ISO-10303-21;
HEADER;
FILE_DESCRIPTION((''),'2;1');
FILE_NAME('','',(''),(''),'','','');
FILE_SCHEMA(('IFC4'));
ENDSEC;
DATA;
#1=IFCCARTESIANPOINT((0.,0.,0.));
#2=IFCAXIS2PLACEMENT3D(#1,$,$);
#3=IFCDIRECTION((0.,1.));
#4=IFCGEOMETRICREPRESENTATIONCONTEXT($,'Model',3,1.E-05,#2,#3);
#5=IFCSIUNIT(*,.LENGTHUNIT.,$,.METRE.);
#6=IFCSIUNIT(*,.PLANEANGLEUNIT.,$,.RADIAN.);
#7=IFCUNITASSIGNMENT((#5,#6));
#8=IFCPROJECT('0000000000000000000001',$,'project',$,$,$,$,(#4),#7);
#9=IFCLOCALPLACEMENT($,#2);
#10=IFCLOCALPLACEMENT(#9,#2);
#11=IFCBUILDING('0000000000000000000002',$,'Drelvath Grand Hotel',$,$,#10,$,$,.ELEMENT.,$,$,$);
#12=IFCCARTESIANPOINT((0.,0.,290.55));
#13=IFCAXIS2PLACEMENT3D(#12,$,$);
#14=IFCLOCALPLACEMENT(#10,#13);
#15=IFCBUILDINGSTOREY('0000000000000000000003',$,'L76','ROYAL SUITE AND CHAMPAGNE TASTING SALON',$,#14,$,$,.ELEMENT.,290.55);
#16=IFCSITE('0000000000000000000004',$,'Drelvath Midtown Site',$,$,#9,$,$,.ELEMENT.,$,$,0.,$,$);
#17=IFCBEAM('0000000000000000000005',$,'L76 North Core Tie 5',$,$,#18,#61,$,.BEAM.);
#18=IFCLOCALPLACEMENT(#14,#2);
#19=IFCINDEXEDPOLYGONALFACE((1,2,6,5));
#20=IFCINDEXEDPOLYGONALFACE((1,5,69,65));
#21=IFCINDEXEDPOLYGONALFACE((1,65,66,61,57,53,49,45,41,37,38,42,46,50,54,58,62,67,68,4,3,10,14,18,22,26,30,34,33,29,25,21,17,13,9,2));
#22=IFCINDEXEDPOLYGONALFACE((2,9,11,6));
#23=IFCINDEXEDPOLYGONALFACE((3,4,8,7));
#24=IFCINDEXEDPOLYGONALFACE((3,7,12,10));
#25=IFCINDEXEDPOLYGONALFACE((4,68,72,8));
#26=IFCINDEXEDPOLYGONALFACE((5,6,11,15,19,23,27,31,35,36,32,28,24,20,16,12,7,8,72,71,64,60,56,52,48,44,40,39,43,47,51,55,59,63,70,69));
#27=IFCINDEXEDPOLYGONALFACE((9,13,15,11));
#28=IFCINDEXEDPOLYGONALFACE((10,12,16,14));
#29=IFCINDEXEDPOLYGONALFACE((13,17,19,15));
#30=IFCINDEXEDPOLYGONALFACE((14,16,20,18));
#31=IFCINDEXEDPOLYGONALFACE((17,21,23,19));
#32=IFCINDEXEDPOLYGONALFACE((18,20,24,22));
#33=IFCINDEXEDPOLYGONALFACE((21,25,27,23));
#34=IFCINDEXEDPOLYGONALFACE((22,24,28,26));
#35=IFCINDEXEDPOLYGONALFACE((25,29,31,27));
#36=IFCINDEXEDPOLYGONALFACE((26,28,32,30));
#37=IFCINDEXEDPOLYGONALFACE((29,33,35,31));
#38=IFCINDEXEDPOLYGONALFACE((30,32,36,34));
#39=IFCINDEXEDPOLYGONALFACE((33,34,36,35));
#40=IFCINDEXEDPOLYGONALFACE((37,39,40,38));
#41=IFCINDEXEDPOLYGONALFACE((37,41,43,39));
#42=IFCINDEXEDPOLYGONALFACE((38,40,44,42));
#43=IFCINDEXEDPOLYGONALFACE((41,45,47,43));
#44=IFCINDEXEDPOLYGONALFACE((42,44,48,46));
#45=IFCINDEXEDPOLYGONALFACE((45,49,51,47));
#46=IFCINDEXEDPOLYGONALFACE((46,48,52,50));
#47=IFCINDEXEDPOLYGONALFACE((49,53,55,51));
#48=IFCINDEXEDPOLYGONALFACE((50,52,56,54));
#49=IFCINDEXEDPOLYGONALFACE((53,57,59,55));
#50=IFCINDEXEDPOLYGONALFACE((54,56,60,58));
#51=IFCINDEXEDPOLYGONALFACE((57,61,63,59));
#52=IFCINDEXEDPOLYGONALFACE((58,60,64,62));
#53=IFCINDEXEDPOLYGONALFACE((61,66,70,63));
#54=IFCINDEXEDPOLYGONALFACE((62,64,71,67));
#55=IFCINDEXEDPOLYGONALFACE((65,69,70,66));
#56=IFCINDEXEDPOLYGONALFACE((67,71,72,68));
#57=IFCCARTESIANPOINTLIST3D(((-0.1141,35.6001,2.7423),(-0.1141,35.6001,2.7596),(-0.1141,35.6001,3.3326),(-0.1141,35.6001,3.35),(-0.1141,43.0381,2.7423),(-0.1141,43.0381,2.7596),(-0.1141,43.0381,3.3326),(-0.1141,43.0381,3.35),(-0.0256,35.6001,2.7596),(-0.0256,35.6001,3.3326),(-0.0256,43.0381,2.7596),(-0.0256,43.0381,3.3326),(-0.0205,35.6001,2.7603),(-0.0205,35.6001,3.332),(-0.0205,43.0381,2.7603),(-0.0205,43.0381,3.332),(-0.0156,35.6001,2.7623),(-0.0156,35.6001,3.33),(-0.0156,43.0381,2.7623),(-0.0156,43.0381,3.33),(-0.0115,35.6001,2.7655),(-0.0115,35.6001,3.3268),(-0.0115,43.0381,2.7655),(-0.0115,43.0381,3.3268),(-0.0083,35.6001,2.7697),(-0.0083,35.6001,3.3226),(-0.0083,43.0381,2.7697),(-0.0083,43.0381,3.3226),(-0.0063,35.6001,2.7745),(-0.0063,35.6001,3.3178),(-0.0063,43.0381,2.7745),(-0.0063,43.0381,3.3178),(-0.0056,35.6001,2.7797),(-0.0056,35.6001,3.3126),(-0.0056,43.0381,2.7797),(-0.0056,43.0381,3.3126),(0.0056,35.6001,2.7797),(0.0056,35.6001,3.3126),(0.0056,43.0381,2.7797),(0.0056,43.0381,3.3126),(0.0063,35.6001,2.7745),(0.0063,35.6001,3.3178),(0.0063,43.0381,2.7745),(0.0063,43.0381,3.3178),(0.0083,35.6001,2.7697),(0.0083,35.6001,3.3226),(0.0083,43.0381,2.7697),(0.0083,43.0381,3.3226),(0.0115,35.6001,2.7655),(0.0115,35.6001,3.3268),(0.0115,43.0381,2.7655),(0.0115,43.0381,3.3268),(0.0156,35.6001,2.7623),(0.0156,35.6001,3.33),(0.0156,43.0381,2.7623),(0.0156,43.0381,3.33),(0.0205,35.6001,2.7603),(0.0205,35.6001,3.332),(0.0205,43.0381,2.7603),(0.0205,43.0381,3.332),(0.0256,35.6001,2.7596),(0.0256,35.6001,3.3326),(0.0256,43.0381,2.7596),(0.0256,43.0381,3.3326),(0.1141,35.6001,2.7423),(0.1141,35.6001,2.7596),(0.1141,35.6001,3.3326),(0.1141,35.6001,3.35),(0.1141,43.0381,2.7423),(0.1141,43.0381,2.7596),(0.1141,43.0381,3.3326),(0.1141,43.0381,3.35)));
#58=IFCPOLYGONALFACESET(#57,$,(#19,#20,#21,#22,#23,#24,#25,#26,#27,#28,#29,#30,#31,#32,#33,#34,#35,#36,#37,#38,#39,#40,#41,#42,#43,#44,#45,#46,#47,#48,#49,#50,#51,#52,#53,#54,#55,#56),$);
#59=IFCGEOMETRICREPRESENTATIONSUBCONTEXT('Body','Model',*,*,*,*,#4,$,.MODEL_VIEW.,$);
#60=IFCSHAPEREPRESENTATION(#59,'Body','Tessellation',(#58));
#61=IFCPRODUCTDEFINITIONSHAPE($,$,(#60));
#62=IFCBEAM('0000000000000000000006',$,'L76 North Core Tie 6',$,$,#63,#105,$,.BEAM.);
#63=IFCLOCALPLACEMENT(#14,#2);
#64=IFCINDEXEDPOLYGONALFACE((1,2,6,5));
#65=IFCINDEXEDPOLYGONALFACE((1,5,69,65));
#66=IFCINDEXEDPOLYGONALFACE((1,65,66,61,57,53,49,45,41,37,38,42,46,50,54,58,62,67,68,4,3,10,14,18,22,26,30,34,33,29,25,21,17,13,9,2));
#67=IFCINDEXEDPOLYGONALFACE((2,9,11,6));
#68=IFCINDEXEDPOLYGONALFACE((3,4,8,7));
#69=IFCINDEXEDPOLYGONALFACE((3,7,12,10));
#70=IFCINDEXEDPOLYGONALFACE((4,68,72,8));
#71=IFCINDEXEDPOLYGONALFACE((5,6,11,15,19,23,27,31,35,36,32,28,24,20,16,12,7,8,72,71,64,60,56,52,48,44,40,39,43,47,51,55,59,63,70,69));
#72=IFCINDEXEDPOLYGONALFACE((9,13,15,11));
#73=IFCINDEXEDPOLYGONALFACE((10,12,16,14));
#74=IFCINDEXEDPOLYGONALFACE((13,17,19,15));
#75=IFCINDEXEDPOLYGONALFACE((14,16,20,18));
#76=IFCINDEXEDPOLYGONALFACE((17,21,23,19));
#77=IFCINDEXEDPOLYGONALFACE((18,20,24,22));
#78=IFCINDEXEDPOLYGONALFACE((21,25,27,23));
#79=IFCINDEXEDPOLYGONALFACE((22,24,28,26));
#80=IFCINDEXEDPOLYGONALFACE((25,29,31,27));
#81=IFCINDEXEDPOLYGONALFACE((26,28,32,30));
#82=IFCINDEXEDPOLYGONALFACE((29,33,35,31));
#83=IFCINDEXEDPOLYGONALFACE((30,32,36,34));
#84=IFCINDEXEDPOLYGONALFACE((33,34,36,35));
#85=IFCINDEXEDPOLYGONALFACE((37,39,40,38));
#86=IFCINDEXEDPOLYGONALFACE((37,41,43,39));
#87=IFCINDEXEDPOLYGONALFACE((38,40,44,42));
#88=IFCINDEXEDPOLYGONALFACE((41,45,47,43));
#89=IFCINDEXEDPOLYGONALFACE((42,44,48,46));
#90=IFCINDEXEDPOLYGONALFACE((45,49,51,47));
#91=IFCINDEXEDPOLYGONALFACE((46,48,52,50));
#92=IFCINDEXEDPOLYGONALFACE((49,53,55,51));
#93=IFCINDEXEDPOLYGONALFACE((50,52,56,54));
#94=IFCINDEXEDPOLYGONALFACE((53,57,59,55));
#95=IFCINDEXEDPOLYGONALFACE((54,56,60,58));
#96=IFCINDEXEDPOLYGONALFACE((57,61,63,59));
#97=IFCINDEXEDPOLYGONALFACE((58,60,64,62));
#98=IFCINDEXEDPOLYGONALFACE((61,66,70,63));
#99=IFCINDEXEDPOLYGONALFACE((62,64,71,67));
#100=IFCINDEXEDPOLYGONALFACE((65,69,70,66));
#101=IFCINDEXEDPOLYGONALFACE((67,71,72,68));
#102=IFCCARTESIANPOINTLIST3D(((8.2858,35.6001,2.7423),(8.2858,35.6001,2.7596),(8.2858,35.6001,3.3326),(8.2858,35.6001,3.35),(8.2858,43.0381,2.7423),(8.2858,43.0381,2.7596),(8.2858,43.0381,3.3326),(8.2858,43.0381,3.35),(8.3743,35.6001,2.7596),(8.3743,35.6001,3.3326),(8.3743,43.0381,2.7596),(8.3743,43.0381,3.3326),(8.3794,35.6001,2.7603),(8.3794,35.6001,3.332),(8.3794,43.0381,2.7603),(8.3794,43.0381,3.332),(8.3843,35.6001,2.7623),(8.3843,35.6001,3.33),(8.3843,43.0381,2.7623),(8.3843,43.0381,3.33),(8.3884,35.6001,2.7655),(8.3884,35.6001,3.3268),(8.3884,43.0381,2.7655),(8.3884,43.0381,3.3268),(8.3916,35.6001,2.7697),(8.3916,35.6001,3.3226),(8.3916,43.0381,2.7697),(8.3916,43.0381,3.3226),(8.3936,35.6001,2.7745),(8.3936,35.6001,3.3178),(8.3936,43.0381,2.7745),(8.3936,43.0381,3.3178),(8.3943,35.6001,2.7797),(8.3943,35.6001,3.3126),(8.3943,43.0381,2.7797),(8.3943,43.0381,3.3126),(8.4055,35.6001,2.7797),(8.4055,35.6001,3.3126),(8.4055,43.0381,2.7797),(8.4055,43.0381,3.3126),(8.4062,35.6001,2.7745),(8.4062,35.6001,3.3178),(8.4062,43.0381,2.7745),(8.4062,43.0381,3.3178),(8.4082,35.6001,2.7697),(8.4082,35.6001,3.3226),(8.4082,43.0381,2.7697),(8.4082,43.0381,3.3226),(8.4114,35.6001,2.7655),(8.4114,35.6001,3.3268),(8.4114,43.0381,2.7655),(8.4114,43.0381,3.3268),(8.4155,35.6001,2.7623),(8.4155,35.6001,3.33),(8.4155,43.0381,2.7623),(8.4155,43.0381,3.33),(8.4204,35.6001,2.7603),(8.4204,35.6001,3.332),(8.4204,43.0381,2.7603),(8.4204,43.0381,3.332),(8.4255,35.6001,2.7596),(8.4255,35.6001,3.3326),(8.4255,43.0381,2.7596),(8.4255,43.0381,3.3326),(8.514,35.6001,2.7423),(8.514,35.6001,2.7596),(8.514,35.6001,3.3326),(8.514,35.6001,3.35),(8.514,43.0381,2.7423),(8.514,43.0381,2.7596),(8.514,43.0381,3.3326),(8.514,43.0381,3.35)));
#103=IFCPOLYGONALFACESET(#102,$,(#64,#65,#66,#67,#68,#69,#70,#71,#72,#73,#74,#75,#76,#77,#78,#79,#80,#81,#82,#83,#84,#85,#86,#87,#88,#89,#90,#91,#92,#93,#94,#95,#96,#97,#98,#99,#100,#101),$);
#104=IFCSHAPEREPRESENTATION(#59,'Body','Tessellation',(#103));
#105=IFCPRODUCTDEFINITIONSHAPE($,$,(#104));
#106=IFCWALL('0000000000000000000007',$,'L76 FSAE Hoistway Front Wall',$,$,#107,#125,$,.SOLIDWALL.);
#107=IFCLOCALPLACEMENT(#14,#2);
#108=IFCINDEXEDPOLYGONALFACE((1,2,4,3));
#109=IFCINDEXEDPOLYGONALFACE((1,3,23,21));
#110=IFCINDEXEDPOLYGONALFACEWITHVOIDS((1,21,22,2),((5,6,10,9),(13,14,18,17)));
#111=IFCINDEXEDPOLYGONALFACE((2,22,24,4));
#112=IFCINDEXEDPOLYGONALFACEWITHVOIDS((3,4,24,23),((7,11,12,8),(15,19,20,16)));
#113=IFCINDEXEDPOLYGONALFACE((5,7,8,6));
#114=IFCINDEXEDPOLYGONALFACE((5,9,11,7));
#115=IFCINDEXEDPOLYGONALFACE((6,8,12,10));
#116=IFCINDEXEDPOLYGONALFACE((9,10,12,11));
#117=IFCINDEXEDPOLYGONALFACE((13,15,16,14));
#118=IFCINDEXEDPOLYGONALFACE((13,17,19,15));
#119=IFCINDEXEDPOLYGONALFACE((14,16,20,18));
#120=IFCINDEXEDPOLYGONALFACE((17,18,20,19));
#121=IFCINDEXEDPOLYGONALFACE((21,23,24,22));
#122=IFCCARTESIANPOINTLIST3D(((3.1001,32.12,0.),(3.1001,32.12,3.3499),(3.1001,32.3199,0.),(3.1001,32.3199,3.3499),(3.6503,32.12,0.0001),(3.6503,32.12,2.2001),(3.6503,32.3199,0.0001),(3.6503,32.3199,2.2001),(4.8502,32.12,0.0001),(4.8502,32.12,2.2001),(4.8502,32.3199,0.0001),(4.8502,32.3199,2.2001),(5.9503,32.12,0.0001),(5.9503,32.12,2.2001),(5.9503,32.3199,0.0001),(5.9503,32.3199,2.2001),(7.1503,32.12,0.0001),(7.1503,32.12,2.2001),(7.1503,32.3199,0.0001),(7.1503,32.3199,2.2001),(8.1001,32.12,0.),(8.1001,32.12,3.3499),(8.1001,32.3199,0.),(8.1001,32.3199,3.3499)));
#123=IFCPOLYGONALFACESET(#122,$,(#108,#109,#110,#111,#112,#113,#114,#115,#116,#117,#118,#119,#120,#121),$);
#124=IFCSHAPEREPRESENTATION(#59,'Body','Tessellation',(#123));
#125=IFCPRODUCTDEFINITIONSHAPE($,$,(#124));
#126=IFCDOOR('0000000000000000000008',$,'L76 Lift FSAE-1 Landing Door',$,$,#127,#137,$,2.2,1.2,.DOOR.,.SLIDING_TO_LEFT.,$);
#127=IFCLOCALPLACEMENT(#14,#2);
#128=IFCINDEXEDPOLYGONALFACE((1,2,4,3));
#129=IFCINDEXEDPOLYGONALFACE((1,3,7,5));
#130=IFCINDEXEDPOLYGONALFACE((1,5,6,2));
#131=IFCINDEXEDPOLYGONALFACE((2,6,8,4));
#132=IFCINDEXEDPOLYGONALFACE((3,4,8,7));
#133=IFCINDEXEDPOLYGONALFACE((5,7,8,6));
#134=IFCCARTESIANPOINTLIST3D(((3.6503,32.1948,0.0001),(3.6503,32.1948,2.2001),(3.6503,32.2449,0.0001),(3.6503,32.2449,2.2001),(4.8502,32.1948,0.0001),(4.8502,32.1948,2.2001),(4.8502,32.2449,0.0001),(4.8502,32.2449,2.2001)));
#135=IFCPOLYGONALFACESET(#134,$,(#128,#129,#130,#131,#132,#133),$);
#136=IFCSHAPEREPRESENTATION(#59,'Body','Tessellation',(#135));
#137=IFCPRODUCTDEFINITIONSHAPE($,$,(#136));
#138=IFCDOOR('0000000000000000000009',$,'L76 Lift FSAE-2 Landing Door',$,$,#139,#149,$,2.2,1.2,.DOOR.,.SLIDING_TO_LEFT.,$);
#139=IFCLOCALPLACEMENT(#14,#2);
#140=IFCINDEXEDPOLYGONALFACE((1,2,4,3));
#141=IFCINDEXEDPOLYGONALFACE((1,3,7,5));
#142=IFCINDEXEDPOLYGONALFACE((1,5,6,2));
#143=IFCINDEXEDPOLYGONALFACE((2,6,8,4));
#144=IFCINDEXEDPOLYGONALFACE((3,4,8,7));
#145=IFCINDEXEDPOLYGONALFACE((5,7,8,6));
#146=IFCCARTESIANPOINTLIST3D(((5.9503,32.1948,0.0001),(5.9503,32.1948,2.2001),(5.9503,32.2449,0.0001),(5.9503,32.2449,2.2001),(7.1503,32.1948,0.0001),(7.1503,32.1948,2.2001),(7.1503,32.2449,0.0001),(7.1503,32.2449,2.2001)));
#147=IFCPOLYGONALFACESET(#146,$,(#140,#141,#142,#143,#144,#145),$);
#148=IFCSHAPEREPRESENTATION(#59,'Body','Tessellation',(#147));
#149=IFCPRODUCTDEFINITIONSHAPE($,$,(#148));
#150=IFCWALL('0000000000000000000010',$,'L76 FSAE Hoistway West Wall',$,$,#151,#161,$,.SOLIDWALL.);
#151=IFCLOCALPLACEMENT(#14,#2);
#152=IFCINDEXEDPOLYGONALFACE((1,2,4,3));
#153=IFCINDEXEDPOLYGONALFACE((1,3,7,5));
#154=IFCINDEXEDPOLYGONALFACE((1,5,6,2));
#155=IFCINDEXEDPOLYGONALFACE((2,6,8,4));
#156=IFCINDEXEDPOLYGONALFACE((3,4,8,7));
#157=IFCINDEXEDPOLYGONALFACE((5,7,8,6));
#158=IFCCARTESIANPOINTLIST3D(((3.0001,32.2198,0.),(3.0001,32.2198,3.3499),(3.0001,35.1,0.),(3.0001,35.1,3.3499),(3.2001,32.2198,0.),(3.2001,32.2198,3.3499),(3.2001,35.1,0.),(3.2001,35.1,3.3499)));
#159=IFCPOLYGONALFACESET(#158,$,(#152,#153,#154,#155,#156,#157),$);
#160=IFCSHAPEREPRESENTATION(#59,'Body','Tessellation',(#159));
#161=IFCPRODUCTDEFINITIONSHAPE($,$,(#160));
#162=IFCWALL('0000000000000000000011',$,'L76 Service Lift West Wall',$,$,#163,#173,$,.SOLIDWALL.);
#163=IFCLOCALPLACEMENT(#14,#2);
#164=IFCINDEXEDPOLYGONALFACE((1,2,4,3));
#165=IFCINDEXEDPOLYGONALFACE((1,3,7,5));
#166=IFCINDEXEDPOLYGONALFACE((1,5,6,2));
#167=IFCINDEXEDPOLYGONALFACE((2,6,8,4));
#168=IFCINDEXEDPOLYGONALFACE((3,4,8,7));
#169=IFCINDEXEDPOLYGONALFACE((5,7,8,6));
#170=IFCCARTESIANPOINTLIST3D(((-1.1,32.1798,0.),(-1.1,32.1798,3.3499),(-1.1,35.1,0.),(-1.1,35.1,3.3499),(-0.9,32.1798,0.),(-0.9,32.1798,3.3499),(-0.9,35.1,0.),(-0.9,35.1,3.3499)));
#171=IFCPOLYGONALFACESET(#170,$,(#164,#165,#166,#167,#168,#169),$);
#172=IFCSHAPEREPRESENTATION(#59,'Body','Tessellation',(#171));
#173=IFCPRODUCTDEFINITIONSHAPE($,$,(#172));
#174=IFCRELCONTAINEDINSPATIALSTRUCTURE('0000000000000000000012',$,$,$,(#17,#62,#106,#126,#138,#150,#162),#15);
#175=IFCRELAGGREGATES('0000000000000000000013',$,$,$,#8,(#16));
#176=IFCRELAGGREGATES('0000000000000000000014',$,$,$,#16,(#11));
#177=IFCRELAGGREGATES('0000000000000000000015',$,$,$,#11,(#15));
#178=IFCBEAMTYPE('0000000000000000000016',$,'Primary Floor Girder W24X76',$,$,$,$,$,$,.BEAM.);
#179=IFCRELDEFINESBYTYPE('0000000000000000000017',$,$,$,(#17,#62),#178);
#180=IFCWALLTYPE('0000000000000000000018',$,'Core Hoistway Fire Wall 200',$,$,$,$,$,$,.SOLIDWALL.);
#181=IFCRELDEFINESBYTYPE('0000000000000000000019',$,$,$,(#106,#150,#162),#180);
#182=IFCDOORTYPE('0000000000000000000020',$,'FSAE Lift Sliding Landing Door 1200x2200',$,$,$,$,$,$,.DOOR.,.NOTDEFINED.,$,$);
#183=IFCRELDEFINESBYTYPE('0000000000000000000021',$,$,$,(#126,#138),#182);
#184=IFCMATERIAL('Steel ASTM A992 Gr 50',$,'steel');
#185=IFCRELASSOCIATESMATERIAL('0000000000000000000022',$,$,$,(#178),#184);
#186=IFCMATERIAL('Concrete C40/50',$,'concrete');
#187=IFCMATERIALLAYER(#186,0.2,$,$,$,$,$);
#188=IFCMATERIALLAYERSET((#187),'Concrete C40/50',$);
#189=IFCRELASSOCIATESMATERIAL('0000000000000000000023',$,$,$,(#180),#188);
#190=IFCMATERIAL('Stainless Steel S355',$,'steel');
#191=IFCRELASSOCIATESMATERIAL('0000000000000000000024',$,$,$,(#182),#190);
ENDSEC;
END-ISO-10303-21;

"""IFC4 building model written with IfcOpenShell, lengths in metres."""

from ifc_helpers import new_model, si_unit, direction, frame, frame_2d, origin, origin_2d, place, context, subcontext, project, spatial, rectangle, i_section, extrude, material, layer, layer_set, material_profile, profile_set, type_object, element, fill, save


model = new_model("IFC4")

# Units and contexts
model_context = context("Model", 3, precision=1e-05, world=origin(), true_north=direction((0.0, 1.0)))
body_context = subcontext(model_context, "Body", "Model", "MODEL_VIEW")
ifc_project = project(units=[si_unit("LENGTHUNIT", "METRE"), si_unit("PLANEANGLEUNIT", "RADIAN")], contexts=[model_context])

# Site, building, storey
site_placement = place(None, origin())
site = spatial("IfcSite", under=ifc_project, at=site_placement, Name="Drelvath Midtown Site", CompositionType="ELEMENT", RefElevation=0.0)
building_placement = place(site_placement, origin())
building = spatial("IfcBuilding", under=site, at=building_placement, Name="Drelvath Grand Hotel", CompositionType="ELEMENT")
storey_placement = place(building_placement, frame((0.0, 0.0, 290.55)))
storey = spatial("IfcBuildingStorey", under=building, at=storey_placement, Name="L76", Description="ROYAL SUITE AND CHAMPAGNE TASTING SALON", CompositionType="ELEMENT", Elevation=290.55)

# Beams
ifc_material_1 = material(Name="Steel ASTM A992 Gr 50", Category="steel")
ifc_material_profile_1 = material_profile(ifc_material_1, i_section(OverallWidth=0.2283, OverallDepth=0.6077, WebThickness=0.0112, FlangeThickness=0.0173, FilletRadius=0.02, at=origin_2d()), Name="W24X76")
ifc_profile_set_1 = profile_set([ifc_material_profile_1], Name="Steel ASTM A992 Gr 50")
beam_type_1 = type_object("IfcBeamType", Name="Primary Floor Girder W24X76", PredefinedType="BEAM", material=ifc_profile_set_1)
for number, where, z_axis, x_axis, name in (
    (1, (0.0, 35.6001, 3.0461), (0.0, 1.0, 0.0), (-1.0, 0.0, 0.0), "L76 North Core Tie 5"),
    (2, (8.3999, 35.6001, 3.0461), (0.0, 1.0, 0.0), (-1.0, 0.0, 0.0), "L76 North Core Tie 6"),
):
    element("IfcBeam", number, at=place(storey_placement, frame(where, z_axis=z_axis, x_axis=x_axis)), inside=storey, type_object=beam_type_1, Name=name, PredefinedType="BEAM", context=body_context, shape_type="SweptSolid", body=[
        extrude(i_section(OverallWidth=0.2283, OverallDepth=0.6077, WebThickness=0.0112, FlangeThickness=0.0173, FilletRadius=0.02, at=origin_2d()), origin(), (0.0, 0.0, 1.0), 7.438),
    ])

# Wall, openings, doors
ifc_material_2 = material(Name="Concrete C40/50", Category="concrete")
ifc_layer_1 = layer(ifc_material_2, 0.2)
ifc_layer_set_1 = layer_set([ifc_layer_1], Name="Concrete C40/50")
wall_type_1 = type_object("IfcWallType", Name="Core Hoistway Fire Wall 200", PredefinedType="SOLIDWALL", material=ifc_layer_set_1)
wall_1_placement = place(storey_placement, frame((3.1001, 32.22, 0.0), z_axis=(0.0, 0.0, 1.0), x_axis=(1.0, 0.0, 0.0)))
wall_1 = element("IfcWall", 3, at=wall_1_placement, inside=storey, type_object=wall_type_1, Name="L76 FSAE Hoistway Front Wall", PredefinedType="SOLIDWALL", context=body_context, shape_type="SweptSolid", body=[
    extrude(rectangle(XDim=5.0, YDim=0.2, at=frame_2d((2.5, 0.0))), origin(), (0.0, 0.0, 1.0), 3.3499),
])
opening_1_placement = place(wall_1_placement, frame((0.55, 0.0, 0.0)))
opening_1 = element("IfcOpeningElement", 4, at=opening_1_placement, cuts=wall_1, PredefinedType="OPENING", context=body_context, shape_type="SweptSolid", body=[
    extrude(rectangle(XDim=1.2, YDim=2.2, at=frame_2d((0.6001, 1.1001))), frame((0.0, 0.1099, 0.0), z_axis=(0.0, -1.0, 0.0), x_axis=(1.0, 0.0, 0.0)), (0.0, 0.0, 1.0), 0.22),
])
opening_2_placement = place(wall_1_placement, frame((2.8501, 0.0, 0.0)))
opening_2 = element("IfcOpeningElement", 5, at=opening_2_placement, cuts=wall_1, PredefinedType="OPENING", context=body_context, shape_type="SweptSolid", body=[
    extrude(rectangle(XDim=1.2, YDim=2.2, at=frame_2d((0.6001, 1.1001))), frame((0.0, 0.1099, 0.0), z_axis=(0.0, -1.0, 0.0), x_axis=(1.0, 0.0, 0.0)), (0.0, 0.0, 1.0), 0.22),
])
ifc_material_3 = material(Name="Stainless Steel S355", Category="steel")
door_type_1 = type_object("IfcDoorType", Name="FSAE Lift Sliding Landing Door 1200x2200", OperationType="NOTDEFINED", PredefinedType="DOOR", material=ifc_material_3)
door_1_placement = place(opening_1_placement, origin())
door_1 = element("IfcDoor", 6, at=door_1_placement, inside=storey, type_object=door_type_1, Name="L76 Lift FSAE-1 Landing Door", OperationType="SLIDING_TO_LEFT", OverallHeight=2.2, OverallWidth=1.2, PredefinedType="DOOR", context=body_context, shape_type="SweptSolid", body=[
    extrude(rectangle(XDim=1.2, YDim=2.2, at=frame_2d((0.6001, 1.1001))), frame((0.0, 0.0249, 0.0), z_axis=(0.0, -1.0, 0.0), x_axis=(1.0, 0.0, 0.0)), (0.0, 0.0, 1.0), 0.05),
])
fill(opening_1, door_1)
door_2_placement = place(opening_2_placement, origin())
door_2 = element("IfcDoor", 7, at=door_2_placement, inside=storey, type_object=door_type_1, Name="L76 Lift FSAE-2 Landing Door", OperationType="SLIDING_TO_LEFT", OverallHeight=2.2, OverallWidth=1.2, PredefinedType="DOOR", context=body_context, shape_type="SweptSolid", body=[
    extrude(rectangle(XDim=1.2, YDim=2.2, at=frame_2d((0.6001, 1.1001))), frame((0.0, 0.0249, 0.0), z_axis=(0.0, -1.0, 0.0), x_axis=(1.0, 0.0, 0.0)), (0.0, 0.0, 1.0), 0.05),
])
fill(opening_2, door_2)

# Walls
wall_2_placement = place(storey_placement, frame((3.1001, 32.22, 0.0), z_axis=(0.0, 0.0, 1.0), x_axis=(0.0, 1.0, 0.0)))
element("IfcWall", 8, at=wall_2_placement, inside=storey, type_object=wall_type_1, Name="L76 FSAE Hoistway West Wall", PredefinedType="SOLIDWALL", context=body_context, shape_type="SweptSolid", body=[
    extrude(rectangle(XDim=2.8801, YDim=0.2, at=frame_2d((1.4399, 0.0))), origin(), (0.0, 0.0, 1.0), 3.3499),
])
wall_3_placement = place(storey_placement, frame((-1.0, 32.1799, 0.0), z_axis=(0.0, 0.0, 1.0), x_axis=(0.0, 1.0, 0.0)))
element("IfcWall", 9, at=wall_3_placement, inside=storey, type_object=wall_type_1, Name="L76 Service Lift West Wall", PredefinedType="SOLIDWALL", context=body_context, shape_type="SweptSolid", body=[
    extrude(rectangle(XDim=2.9202, YDim=0.2, at=frame_2d((1.46, 0.0))), origin(), (0.0, 0.0, 1.0), 3.3499),
])

save(model, "model.ifc")
